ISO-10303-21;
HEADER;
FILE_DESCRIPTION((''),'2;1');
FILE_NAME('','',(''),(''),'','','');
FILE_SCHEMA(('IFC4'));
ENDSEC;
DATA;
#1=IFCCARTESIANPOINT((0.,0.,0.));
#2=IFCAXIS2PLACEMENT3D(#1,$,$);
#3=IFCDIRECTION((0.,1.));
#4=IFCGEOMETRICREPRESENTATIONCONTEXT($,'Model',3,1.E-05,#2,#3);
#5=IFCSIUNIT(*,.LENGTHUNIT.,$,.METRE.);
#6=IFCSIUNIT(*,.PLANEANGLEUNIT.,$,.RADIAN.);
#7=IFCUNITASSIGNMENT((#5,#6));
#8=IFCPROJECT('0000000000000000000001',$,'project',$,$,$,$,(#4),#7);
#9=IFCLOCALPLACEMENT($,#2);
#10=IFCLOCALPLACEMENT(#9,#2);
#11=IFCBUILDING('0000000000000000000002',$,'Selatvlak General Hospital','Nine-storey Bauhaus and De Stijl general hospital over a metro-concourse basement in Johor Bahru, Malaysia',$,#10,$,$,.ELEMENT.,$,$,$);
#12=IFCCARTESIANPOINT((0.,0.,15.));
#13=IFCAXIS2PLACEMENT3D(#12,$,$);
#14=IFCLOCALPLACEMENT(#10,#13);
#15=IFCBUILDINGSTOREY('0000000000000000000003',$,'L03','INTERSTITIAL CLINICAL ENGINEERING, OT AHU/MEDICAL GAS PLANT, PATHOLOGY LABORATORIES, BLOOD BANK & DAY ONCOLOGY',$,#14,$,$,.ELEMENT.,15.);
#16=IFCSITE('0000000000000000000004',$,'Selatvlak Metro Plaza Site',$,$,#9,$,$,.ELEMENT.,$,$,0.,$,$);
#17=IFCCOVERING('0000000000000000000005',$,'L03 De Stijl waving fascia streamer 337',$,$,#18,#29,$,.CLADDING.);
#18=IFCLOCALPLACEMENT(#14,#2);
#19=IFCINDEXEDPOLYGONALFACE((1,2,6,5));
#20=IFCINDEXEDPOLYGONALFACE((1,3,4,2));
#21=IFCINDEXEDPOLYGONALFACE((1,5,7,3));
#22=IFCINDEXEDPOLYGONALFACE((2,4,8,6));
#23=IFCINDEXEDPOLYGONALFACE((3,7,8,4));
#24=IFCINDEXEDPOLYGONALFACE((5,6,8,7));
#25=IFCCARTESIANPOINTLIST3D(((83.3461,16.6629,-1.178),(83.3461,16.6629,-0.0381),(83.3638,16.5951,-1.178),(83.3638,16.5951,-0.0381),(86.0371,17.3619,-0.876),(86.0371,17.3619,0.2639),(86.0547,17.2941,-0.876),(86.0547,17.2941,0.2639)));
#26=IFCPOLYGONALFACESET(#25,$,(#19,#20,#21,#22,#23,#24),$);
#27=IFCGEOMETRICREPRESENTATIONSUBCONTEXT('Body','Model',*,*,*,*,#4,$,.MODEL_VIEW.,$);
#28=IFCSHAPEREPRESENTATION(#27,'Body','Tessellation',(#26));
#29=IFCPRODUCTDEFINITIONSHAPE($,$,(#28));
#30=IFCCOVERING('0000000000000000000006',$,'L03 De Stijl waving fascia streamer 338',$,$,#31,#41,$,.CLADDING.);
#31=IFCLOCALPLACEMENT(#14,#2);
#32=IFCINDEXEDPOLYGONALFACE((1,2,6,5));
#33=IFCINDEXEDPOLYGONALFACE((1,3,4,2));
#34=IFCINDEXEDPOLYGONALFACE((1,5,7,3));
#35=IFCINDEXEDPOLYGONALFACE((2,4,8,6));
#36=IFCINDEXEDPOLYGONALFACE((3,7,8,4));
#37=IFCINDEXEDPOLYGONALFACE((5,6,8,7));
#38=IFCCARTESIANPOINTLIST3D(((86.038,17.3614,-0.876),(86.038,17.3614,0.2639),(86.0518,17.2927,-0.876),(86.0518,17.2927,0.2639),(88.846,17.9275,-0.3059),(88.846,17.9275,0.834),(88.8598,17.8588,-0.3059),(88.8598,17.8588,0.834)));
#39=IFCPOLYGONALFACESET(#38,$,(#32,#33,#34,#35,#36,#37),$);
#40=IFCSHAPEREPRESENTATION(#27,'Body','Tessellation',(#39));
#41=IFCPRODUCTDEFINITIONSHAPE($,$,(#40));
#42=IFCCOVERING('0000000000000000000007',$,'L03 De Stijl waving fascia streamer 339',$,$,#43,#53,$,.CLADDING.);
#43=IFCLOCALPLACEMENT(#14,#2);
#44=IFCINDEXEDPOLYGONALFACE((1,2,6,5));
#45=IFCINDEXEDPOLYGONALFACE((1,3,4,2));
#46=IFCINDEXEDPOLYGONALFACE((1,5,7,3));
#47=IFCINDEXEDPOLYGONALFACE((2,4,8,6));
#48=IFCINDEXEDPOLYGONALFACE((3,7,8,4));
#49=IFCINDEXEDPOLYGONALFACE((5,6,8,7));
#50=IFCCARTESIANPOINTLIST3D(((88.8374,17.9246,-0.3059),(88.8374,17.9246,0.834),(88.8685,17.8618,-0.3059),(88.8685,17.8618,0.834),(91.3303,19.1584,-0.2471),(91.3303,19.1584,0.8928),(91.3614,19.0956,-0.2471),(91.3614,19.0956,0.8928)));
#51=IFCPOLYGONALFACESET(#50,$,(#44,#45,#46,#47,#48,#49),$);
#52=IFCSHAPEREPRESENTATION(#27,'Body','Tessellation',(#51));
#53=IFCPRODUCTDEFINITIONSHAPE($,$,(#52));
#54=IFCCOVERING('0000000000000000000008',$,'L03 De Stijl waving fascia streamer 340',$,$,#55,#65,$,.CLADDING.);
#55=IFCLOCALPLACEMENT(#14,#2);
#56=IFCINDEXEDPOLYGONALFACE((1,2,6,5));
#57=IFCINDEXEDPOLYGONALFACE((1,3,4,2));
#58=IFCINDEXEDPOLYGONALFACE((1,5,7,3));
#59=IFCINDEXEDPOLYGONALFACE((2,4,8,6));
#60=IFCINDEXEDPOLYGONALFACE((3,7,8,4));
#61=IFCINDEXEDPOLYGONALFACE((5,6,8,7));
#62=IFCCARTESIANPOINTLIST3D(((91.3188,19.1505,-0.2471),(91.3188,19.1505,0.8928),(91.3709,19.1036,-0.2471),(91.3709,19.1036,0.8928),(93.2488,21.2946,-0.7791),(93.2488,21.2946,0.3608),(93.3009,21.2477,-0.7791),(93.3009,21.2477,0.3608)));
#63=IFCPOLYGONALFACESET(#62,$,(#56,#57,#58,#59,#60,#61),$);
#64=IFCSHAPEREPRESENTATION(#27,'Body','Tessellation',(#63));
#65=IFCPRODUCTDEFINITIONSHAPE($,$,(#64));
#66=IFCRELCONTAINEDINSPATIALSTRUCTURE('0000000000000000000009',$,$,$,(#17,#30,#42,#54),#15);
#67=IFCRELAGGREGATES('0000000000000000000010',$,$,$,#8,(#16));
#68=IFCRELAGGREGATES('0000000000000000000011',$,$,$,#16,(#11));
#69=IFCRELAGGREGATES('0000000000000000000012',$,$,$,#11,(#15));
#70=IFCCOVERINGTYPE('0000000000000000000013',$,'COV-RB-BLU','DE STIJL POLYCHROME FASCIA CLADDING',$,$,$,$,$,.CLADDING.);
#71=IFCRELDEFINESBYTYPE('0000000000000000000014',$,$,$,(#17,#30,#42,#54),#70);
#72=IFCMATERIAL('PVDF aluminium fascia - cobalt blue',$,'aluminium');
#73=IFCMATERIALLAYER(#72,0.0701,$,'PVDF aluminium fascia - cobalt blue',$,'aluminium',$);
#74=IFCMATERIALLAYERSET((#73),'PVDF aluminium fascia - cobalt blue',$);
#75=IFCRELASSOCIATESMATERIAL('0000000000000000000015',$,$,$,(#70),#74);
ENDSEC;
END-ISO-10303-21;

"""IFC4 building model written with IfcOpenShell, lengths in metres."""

from ifc_helpers import new_model, si_unit, direction, frame, origin, place, context, subcontext, project, spatial, polyline, outline, extrude, material, layer, layer_set, type_object, element, save


model = new_model("IFC4")

# Units and contexts
model_context = context("Model", 3, precision=1e-05, world=origin(), true_north=direction((0.0, 1.0)))
body_context = subcontext(model_context, "Body", "Model", "MODEL_VIEW")
ifc_project = project(units=[si_unit("LENGTHUNIT", "METRE"), si_unit("PLANEANGLEUNIT", "RADIAN")], contexts=[model_context])

# Site, building, storey
site_placement = place(None, origin())
site = spatial("IfcSite", under=ifc_project, at=site_placement, Name="Selatvlak Metro Plaza Site", CompositionType="ELEMENT", RefElevation=0.0)
building_placement = place(site_placement, origin())
building = spatial("IfcBuilding", under=site, at=building_placement, Name="Selatvlak General Hospital", Description="Nine-storey Bauhaus and De Stijl general hospital over a metro-concourse basement in Johor Bahru, Malaysia", CompositionType="ELEMENT")
storey_placement = place(building_placement, frame((0.0, 0.0, 15.0)))
storey = spatial("IfcBuildingStorey", under=building, at=storey_placement, Name="L03", Description="INTERSTITIAL CLINICAL ENGINEERING, OT AHU/MEDICAL GAS PLANT, PATHOLOGY LABORATORIES, BLOOD BANK & DAY ONCOLOGY", CompositionType="ELEMENT", Elevation=15.0)

# Coverings
ifc_material_1 = material(Name="PVDF aluminium fascia - cobalt blue", Category="aluminium")
ifc_layer_1 = layer(ifc_material_1, 0.0701, Name="PVDF aluminium fascia - cobalt blue", Category="aluminium")
ifc_layer_set_1 = layer_set([ifc_layer_1], Name="PVDF aluminium fascia - cobalt blue")
covering_type = type_object("IfcCoveringType", Name="COV-RB-BLU", Description="DE STIJL POLYCHROME FASCIA CLADDING", PredefinedType="CLADDING", material=ifc_layer_set_1)
covering_1_placement = place(storey_placement, frame((83.355, 16.6289, -1.178), z_axis=(0.0, 0.0, 1.0), x_axis=(0.967881, 0.25141, 0.0)))
element("IfcCovering", 1, at=covering_1_placement, inside=storey, type_object=covering_type, Name="L03 De Stijl waving fascia streamer 337", PredefinedType="CLADDING", context=body_context, shape_type="SweptSolid", body=[
    extrude(outline(polyline([(0.0, 0.0), (2.7803, 0.302), (2.7803, 1.4419), (0.0, 1.1399), (0.0, 0.0)])), frame((0.0, 0.0352, 0.0), z_axis=(0.0, -1.0, 0.0), x_axis=(1.0, 0.0, 0.0)), (0.0, 0.0, 1.0), 0.0701),
])
covering_2_placement = place(storey_placement, frame((86.0449, 17.3269, -0.876), z_axis=(0.0, 0.0, 1.0), x_axis=(0.980275, 0.19764, 0.0)))
element("IfcCovering", 2, at=covering_2_placement, inside=storey, type_object=covering_type, Name="L03 De Stijl waving fascia streamer 338", PredefinedType="CLADDING", context=body_context, shape_type="SweptSolid", body=[
    extrude(outline(polyline([(0.0, 0.0), (2.8645, 0.5701), (2.8645, 1.71), (0.0, 1.1399), (0.0, 0.0)])), frame((0.0, 0.0352, 0.0), z_axis=(0.0, -1.0, 0.0), x_axis=(1.0, 0.0, 0.0)), (0.0, 0.0, 1.0), 0.0701),
])
covering_3_placement = place(storey_placement, frame((88.853, 17.8931, -0.3059), z_axis=(0.0, 0.0, 1.0), x_axis=(0.896228, 0.443594, 0.0)))
element("IfcCovering", 3, at=covering_3_placement, inside=storey, type_object=covering_type, Name="L03 De Stijl waving fascia streamer 339", PredefinedType="CLADDING", context=body_context, shape_type="SweptSolid", body=[
    extrude(outline(polyline([(0.0, 0.0), (2.7815, 0.0588), (2.7815, 1.1987), (0.0, 1.1399), (0.0, 0.0)])), frame((0.0, 0.0352, 0.0), z_axis=(0.0, -1.0, 0.0), x_axis=(1.0, 0.0, 0.0)), (0.0, 0.0, 1.0), 0.0701),
])
covering_4_placement = place(storey_placement, frame((91.345, 19.127, -0.2471), z_axis=(0.0, 0.0, 1.0), x_axis=(0.669021, 0.743244, 0.0)))
element("IfcCovering", 4, at=covering_4_placement, inside=storey, type_object=covering_type, Name="L03 De Stijl waving fascia streamer 340", PredefinedType="CLADDING", context=body_context, shape_type="SweptSolid", body=[
    extrude(outline(polyline([(0.0, 0.0), (2.8848, -0.532), (2.8848, 0.6079), (0.0, 1.1399), (0.0, 0.0)])), frame((0.0, 0.0352, 0.0), z_axis=(0.0, -1.0, 0.0), x_axis=(1.0, 0.0, 0.0)), (0.0, 0.0, 1.0), 0.0701),
])

save(model, "model.ifc")
